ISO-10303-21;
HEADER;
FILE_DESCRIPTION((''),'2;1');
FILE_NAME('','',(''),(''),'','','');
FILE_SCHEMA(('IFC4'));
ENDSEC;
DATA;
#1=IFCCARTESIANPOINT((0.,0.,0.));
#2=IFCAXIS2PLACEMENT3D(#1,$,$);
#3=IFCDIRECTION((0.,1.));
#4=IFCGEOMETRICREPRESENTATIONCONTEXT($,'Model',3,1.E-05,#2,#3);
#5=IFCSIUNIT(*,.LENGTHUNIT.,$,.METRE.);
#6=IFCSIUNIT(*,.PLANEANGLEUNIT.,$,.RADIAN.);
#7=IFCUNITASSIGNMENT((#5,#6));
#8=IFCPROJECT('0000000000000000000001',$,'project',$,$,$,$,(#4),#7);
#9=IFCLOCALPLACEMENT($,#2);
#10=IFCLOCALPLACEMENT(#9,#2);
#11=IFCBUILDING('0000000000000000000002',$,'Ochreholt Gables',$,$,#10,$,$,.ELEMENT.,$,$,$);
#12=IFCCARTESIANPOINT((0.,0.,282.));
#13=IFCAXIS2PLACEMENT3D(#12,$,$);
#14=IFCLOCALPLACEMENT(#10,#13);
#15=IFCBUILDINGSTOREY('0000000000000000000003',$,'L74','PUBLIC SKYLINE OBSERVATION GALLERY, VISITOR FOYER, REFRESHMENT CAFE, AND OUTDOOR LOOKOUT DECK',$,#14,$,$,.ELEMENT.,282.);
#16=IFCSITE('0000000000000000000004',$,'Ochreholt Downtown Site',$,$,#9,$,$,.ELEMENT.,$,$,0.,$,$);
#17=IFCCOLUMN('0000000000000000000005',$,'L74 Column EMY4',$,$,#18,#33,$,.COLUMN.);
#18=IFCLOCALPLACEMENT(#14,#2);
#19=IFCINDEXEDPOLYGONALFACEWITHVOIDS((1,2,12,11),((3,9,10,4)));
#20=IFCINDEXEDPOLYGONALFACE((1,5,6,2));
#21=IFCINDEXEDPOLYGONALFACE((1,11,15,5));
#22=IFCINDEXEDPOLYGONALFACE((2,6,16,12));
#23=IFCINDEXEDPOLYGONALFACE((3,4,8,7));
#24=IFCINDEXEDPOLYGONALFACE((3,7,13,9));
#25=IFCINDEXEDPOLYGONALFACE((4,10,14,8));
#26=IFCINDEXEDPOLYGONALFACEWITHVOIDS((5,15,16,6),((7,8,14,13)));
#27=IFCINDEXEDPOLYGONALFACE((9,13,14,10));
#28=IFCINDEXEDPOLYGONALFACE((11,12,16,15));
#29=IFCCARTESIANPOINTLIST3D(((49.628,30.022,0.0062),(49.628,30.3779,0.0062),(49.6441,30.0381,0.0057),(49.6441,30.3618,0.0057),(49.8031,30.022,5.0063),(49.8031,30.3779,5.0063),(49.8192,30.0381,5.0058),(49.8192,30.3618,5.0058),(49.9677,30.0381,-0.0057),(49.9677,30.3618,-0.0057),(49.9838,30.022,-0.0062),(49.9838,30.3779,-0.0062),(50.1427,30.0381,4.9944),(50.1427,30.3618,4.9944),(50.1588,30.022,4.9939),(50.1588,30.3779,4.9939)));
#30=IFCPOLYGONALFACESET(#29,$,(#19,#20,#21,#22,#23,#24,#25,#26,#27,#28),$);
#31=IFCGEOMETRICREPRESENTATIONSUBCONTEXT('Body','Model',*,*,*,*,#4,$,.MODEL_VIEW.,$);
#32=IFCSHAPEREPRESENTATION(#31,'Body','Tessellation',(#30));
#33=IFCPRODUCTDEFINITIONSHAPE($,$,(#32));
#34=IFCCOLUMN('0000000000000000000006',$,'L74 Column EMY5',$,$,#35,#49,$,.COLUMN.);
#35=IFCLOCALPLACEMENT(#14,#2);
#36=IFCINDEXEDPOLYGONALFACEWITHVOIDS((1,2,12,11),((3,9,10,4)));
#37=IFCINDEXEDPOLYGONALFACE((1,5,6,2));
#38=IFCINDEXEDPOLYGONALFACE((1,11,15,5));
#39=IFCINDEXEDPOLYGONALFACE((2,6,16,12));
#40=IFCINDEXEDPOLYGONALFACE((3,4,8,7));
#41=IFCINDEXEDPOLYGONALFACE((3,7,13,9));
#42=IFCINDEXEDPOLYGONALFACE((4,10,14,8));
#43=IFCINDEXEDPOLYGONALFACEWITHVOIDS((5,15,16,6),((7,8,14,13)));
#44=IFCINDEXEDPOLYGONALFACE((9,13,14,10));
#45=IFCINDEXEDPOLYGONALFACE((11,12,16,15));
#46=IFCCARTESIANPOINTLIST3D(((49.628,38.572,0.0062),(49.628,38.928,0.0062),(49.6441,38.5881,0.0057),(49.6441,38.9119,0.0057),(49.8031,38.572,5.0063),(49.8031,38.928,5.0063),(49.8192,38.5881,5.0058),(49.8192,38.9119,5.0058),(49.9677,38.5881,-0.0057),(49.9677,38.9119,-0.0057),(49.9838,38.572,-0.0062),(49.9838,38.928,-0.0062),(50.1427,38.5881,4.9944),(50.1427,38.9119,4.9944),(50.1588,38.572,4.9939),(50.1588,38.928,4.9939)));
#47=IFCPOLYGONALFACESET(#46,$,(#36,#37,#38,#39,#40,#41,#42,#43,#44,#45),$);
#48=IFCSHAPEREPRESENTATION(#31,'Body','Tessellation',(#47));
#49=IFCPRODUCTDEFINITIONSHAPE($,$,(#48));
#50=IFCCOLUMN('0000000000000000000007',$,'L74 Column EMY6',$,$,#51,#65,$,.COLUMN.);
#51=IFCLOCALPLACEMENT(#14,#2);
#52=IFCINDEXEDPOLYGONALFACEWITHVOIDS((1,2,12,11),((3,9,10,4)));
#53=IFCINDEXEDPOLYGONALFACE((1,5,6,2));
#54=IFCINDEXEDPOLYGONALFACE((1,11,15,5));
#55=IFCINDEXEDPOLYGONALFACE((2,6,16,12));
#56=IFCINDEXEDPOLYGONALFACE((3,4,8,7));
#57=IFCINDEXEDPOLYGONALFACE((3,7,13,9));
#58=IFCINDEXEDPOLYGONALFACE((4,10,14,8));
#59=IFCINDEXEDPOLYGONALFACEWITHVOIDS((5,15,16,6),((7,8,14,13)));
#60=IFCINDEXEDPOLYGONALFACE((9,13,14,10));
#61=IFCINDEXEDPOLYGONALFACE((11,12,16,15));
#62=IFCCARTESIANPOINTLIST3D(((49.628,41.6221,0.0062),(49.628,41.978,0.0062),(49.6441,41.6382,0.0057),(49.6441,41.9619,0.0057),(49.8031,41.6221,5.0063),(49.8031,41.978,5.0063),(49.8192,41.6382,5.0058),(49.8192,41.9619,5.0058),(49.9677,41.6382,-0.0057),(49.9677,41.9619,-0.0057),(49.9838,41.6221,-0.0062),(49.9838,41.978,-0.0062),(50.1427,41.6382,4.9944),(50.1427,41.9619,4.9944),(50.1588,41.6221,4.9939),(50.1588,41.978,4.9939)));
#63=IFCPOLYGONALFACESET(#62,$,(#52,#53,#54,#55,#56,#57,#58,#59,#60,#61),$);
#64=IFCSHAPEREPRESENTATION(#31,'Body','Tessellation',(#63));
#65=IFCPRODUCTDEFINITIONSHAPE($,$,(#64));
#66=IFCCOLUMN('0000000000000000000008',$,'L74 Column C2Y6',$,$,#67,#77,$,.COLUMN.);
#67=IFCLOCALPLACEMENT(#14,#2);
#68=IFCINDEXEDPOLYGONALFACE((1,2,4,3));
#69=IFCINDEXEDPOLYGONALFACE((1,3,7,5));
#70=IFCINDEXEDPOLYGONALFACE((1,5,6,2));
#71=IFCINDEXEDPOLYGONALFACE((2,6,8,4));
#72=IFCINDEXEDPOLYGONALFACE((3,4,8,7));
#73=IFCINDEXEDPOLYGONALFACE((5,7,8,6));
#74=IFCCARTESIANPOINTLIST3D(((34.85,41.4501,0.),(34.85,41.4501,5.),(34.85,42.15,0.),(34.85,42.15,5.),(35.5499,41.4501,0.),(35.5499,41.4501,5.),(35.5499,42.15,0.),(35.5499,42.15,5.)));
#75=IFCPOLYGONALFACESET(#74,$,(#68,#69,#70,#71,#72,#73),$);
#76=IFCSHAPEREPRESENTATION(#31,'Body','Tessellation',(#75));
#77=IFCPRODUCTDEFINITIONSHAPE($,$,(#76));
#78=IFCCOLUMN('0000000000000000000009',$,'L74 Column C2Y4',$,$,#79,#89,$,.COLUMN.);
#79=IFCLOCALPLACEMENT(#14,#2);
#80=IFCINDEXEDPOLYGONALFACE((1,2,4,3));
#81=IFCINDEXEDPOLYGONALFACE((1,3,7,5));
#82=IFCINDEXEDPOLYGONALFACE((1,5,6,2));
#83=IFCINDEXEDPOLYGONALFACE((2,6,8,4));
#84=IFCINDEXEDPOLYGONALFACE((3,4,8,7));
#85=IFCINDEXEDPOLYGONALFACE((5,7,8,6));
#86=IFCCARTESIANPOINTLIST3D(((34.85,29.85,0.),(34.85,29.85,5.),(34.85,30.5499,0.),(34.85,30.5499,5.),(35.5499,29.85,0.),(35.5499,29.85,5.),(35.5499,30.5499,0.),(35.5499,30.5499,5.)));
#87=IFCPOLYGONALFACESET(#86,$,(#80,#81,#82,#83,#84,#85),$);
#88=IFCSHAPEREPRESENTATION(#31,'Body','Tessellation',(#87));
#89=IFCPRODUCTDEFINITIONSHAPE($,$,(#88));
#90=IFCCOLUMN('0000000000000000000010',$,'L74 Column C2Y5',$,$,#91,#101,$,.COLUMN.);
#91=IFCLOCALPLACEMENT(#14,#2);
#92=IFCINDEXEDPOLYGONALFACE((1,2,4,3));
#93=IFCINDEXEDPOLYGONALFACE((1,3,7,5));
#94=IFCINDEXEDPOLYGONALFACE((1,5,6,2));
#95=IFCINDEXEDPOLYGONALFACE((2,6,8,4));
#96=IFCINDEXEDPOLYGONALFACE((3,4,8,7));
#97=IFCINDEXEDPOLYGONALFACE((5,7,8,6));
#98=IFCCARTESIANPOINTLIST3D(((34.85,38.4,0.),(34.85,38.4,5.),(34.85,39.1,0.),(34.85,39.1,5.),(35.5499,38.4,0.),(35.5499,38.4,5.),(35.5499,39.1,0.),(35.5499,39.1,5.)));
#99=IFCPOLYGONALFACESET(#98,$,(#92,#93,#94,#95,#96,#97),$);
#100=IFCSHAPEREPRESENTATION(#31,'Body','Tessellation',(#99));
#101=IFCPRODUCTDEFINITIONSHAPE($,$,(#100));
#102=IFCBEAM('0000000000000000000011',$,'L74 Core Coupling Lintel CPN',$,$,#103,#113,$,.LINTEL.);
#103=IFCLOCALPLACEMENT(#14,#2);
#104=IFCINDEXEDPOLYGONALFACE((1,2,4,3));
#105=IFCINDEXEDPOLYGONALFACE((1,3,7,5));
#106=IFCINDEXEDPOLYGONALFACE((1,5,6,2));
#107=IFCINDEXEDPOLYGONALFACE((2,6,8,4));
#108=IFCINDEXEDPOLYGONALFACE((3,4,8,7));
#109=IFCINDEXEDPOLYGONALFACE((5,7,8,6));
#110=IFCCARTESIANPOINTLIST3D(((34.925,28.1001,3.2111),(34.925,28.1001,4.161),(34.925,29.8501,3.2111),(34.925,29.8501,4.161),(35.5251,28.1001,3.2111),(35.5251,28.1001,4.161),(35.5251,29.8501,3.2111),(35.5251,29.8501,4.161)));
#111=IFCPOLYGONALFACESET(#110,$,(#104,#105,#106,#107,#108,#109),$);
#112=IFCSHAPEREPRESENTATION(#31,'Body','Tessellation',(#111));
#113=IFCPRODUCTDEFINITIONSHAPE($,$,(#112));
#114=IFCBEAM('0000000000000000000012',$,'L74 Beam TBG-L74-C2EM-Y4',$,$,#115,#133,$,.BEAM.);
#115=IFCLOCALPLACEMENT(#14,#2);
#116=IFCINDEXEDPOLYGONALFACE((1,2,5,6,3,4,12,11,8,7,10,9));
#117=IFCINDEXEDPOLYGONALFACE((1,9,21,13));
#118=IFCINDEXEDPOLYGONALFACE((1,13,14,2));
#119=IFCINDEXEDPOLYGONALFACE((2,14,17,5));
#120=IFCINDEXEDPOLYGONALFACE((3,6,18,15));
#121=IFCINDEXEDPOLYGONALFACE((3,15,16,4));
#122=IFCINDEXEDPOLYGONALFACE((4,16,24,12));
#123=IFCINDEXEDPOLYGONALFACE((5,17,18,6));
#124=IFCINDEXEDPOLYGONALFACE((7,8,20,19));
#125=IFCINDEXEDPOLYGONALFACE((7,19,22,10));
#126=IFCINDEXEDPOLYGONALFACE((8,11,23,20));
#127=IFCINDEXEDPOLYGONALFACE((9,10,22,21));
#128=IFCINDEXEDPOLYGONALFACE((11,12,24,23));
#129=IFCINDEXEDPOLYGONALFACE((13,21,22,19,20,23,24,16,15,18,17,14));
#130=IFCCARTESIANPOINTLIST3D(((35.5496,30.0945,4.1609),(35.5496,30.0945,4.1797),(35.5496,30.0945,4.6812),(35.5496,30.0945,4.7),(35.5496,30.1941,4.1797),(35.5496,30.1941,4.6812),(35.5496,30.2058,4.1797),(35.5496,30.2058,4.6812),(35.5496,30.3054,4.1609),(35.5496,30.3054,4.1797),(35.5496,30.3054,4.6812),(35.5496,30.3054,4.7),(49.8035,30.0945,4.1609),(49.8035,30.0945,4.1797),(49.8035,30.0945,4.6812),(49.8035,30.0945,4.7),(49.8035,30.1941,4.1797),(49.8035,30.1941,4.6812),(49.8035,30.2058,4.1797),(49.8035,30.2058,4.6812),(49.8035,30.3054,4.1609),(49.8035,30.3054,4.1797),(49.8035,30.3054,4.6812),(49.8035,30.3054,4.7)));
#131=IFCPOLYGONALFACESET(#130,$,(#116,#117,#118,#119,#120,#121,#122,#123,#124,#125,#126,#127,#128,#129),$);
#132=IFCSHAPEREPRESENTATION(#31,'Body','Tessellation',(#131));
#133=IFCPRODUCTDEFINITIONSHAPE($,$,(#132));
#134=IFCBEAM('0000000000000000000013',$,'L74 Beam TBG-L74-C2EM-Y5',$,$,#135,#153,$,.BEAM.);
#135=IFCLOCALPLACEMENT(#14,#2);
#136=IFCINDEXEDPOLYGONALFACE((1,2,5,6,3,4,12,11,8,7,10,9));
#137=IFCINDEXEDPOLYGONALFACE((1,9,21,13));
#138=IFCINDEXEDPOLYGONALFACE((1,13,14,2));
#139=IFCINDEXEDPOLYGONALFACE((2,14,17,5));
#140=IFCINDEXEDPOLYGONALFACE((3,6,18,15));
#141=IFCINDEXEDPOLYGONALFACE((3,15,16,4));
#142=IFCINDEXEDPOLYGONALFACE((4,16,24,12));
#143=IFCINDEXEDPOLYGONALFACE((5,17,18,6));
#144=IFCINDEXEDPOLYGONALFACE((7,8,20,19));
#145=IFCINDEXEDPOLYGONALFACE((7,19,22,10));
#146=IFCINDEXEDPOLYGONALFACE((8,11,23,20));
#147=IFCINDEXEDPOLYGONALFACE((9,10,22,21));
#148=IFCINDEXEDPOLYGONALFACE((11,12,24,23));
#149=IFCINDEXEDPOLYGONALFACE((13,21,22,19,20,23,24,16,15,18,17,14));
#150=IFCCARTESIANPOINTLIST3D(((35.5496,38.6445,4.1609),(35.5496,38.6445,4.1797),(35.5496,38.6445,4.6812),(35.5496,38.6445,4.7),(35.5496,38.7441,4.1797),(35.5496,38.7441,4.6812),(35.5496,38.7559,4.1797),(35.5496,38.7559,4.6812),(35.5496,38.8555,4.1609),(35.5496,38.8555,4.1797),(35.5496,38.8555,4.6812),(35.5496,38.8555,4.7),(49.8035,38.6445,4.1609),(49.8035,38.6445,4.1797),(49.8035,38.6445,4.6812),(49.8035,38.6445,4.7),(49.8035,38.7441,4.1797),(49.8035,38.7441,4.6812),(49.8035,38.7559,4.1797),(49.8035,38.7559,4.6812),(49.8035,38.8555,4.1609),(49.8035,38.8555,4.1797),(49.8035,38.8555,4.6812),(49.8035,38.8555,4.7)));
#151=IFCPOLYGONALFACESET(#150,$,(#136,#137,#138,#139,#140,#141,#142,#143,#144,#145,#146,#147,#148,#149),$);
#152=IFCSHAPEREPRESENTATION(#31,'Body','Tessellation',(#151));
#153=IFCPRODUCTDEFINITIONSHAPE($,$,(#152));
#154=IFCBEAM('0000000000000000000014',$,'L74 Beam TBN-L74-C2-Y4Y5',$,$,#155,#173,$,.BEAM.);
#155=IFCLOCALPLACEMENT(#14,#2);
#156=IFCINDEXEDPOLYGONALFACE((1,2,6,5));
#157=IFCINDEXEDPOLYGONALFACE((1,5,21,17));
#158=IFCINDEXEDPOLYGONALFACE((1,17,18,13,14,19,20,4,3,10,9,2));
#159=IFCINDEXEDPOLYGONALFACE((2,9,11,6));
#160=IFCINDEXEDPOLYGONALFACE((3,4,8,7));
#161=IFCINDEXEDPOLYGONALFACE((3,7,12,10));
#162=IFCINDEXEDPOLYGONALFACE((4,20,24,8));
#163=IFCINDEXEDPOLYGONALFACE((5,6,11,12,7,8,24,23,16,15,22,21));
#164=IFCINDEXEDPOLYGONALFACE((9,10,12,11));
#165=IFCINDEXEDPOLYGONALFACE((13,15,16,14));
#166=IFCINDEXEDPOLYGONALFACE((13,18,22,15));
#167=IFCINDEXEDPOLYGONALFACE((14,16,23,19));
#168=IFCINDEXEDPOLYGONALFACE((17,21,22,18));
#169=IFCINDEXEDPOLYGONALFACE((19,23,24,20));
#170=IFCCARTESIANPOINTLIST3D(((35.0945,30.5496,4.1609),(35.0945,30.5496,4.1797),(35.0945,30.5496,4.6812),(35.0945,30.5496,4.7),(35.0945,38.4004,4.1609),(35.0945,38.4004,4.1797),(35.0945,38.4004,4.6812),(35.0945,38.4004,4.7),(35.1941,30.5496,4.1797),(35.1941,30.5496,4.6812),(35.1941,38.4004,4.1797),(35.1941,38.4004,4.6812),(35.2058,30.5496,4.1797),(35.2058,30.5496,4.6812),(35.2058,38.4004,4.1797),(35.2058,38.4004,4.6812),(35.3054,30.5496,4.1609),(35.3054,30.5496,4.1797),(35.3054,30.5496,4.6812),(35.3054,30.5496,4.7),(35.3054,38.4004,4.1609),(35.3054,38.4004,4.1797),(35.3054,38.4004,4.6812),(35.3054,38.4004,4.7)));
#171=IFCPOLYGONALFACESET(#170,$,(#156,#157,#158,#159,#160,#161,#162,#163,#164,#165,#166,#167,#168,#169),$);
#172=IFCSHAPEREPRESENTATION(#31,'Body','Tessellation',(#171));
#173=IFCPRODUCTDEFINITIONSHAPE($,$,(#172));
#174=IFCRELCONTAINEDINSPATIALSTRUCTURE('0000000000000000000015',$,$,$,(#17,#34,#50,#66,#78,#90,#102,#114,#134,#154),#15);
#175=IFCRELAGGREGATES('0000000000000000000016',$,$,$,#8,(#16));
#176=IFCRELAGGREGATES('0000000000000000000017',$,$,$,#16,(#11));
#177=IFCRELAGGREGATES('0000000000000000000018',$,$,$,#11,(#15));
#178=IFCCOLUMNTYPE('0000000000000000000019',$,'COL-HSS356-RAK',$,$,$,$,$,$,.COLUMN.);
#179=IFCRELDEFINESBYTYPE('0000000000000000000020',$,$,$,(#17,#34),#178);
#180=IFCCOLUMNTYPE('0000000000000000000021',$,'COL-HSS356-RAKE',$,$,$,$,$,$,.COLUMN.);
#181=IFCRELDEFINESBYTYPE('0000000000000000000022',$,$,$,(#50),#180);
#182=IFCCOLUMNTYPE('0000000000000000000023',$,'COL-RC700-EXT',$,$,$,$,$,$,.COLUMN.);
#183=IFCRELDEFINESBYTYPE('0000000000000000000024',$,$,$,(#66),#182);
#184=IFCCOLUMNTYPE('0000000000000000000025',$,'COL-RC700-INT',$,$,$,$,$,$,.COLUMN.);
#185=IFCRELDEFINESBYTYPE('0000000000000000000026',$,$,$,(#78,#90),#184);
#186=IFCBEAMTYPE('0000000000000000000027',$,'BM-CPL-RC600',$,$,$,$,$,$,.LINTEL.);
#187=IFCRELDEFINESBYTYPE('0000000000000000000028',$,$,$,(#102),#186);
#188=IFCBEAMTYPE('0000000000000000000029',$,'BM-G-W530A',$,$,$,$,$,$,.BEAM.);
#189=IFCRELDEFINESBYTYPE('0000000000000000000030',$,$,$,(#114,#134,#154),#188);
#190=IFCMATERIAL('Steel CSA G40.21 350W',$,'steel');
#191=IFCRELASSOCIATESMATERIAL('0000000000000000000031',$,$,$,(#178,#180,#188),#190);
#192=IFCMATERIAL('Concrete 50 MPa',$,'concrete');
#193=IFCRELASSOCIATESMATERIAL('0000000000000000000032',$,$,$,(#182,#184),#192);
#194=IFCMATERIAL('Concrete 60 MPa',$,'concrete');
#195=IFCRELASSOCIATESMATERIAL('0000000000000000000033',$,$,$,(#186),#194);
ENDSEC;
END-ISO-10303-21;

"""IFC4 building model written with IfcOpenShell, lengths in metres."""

from ifc_helpers import new_model, si_unit, direction, frame, origin, origin_2d, place, context, subcontext, project, spatial, rectangle, hollow_rectangle, i_section, extrude, material, material_profile, profile_set, type_object, element, save


model = new_model("IFC4")

# Units and contexts
model_context = context("Model", 3, precision=1e-05, world=origin(), true_north=direction((0.0, 1.0)))
body_context = subcontext(model_context, "Body", "Model", "MODEL_VIEW")
ifc_project = project(units=[si_unit("LENGTHUNIT", "METRE"), si_unit("PLANEANGLEUNIT", "RADIAN")], contexts=[model_context])

# Site, building, storey
site_placement = place(None, origin())
site = spatial("IfcSite", under=ifc_project, at=site_placement, Name="Ochreholt Downtown Site", CompositionType="ELEMENT", RefElevation=0.0)
building_placement = place(site_placement, origin())
building = spatial("IfcBuilding", under=site, at=building_placement, Name="Ochreholt Gables", CompositionType="ELEMENT")
storey_placement = place(building_placement, frame((0.0, 0.0, 282.0)))
storey = spatial("IfcBuildingStorey", under=building, at=storey_placement, Name="L74", Description="PUBLIC SKYLINE OBSERVATION GALLERY, VISITOR FOYER, REFRESHMENT CAFE, AND OUTDOOR LOOKOUT DECK", CompositionType="ELEMENT", Elevation=282.0)

# Columns
ifc_material_1 = material(Name="Steel CSA G40.21 350W", Category="steel")
ifc_material_profile_1 = material_profile(ifc_material_1, hollow_rectangle(XDim=0.356, YDim=0.356, WallThickness=0.0161, at=origin_2d()), Name="HSS356X356X16")
ifc_profile_set_1 = profile_set([ifc_material_profile_1], Name="Steel CSA G40.21 350W")
column_type_1 = type_object("IfcColumnType", Name="COL-HSS356-RAK", PredefinedType="COLUMN", material=ifc_profile_set_1)
for number, where, z_axis, x_axis, name in (
    (1, (49.8059, 30.2, 0.0), (0.034988, 0.0, 0.999388), (0.0, 1.0, 0.0), "L74 Column EMY4"),
    (2, (49.8059, 38.75, 0.0), (0.034988, 0.0, 0.999388), (0.0, 1.0, 0.0), "L74 Column EMY5"),
):
    element("IfcColumn", number, at=place(storey_placement, frame(where, z_axis=z_axis, x_axis=x_axis)), inside=storey, type_object=column_type_1, Name=name, PredefinedType="COLUMN", context=body_context, shape_type="SweptSolid", body=[
        extrude(hollow_rectangle(XDim=0.356, YDim=0.356, WallThickness=0.0161, at=origin_2d()), origin(), (0.0, 0.0, 1.0), 5.0032),
    ])
ifc_material_profile_2 = material_profile(ifc_material_1, hollow_rectangle(XDim=0.356, YDim=0.356, WallThickness=0.0161, at=origin_2d()), Name="HSS356X356X16")
ifc_profile_set_2 = profile_set([ifc_material_profile_2], Name="Steel CSA G40.21 350W")
column_type_2 = type_object("IfcColumnType", Name="COL-HSS356-RAKE", PredefinedType="COLUMN", material=ifc_profile_set_2)
column_1_placement = place(storey_placement, frame((49.8059, 41.8, 0.0), z_axis=(0.034988, 0.0, 0.999388), x_axis=(0.0, 1.0, 0.0)))
element("IfcColumn", 3, at=column_1_placement, inside=storey, type_object=column_type_2, Name="L74 Column EMY6", PredefinedType="COLUMN", context=body_context, shape_type="SweptSolid", body=[
    extrude(hollow_rectangle(XDim=0.356, YDim=0.356, WallThickness=0.0161, at=origin_2d()), origin(), (0.0, 0.0, 1.0), 5.0032),
])
ifc_material_2 = material(Name="Concrete 50 MPa", Category="concrete")
ifc_material_profile_3 = material_profile(ifc_material_2, rectangle(XDim=0.7, YDim=0.7, at=origin_2d()), Name="RC700X700")
ifc_profile_set_3 = profile_set([ifc_material_profile_3], Name="Concrete 50 MPa")
column_type_3 = type_object("IfcColumnType", Name="COL-RC700-EXT", PredefinedType="COLUMN", material=ifc_profile_set_3)
column_2_placement = place(storey_placement, frame((35.2, 41.8, 0.0), z_axis=(0.0, 0.0, 1.0), x_axis=(1.0, 0.0, 0.0)))
element("IfcColumn", 4, at=column_2_placement, inside=storey, type_object=column_type_3, Name="L74 Column C2Y6", PredefinedType="COLUMN", context=body_context, shape_type="SweptSolid", body=[
    extrude(rectangle(XDim=0.7, YDim=0.7, at=origin_2d()), origin(), (0.0, 0.0, 1.0), 5.0),
])
ifc_material_profile_4 = material_profile(ifc_material_2, rectangle(XDim=0.7, YDim=0.7, at=origin_2d()), Name="RC700X700")
ifc_profile_set_4 = profile_set([ifc_material_profile_4], Name="Concrete 50 MPa")
column_type_4 = type_object("IfcColumnType", Name="COL-RC700-INT", PredefinedType="COLUMN", material=ifc_profile_set_4)
for number, where, z_axis, x_axis, name in (
    (5, (35.2, 30.2, 0.0), (0.0, 0.0, 1.0), (1.0, 0.0, 0.0), "L74 Column C2Y4"),
    (6, (35.2, 38.75, 0.0), (0.0, 0.0, 1.0), (1.0, 0.0, 0.0), "L74 Column C2Y5"),
):
    element("IfcColumn", number, at=place(storey_placement, frame(where, z_axis=z_axis, x_axis=x_axis)), inside=storey, type_object=column_type_4, Name=name, PredefinedType="COLUMN", context=body_context, shape_type="SweptSolid", body=[
        extrude(rectangle(XDim=0.7, YDim=0.7, at=origin_2d()), origin(), (0.0, 0.0, 1.0), 5.0),
    ])

# Beams
ifc_material_3 = material(Name="Concrete 60 MPa", Category="concrete")
ifc_material_profile_5 = material_profile(ifc_material_3, rectangle(XDim=0.6001, YDim=0.95, at=origin_2d()), Name="RCB600X950")
ifc_profile_set_5 = profile_set([ifc_material_profile_5], Name="Concrete 60 MPa")
beam_type_1 = type_object("IfcBeamType", Name="BM-CPL-RC600", PredefinedType="LINTEL", material=ifc_profile_set_5)
beam_1_placement = place(storey_placement, frame((35.2251, 28.1001, 3.686), z_axis=(0.0, 1.0, 0.0), x_axis=(-1.0, 0.0, 0.0)))
element("IfcBeam", 7, at=beam_1_placement, inside=storey, type_object=beam_type_1, Name="L74 Core Coupling Lintel CPN", PredefinedType="LINTEL", context=body_context, shape_type="SweptSolid", body=[
    extrude(rectangle(XDim=0.6001, YDim=0.95, at=origin_2d()), origin(), (0.0, 0.0, 1.0), 1.75),
])
ifc_material_profile_6 = material_profile(ifc_material_1, i_section(OverallWidth=0.2109, OverallDepth=0.5391, WebThickness=0.0117, FlangeThickness=0.0188, at=origin_2d()), Name="W530X109")
ifc_profile_set_6 = profile_set([ifc_material_profile_6], Name="Steel CSA G40.21 350W")
beam_type_2 = type_object("IfcBeamType", Name="BM-G-W530A", PredefinedType="BEAM", material=ifc_profile_set_6)
for number, where, z_axis, x_axis, name in (
    (8, (35.5496, 30.2, 4.4304), (1.0, 0.0, 0.0), (0.0, 1.0, 0.0), "L74 Beam TBG-L74-C2EM-Y4"),
    (9, (35.5496, 38.75, 4.4304), (1.0, 0.0, 0.0), (0.0, 1.0, 0.0), "L74 Beam TBG-L74-C2EM-Y5"),
):
    element("IfcBeam", number, at=place(storey_placement, frame(where, z_axis=z_axis, x_axis=x_axis)), inside=storey, type_object=beam_type_2, Name=name, PredefinedType="BEAM", context=body_context, shape_type="SweptSolid", body=[
        extrude(i_section(OverallWidth=0.2109, OverallDepth=0.5391, WebThickness=0.0117, FlangeThickness=0.0188, at=origin_2d()), origin(), (0.0, 0.0, 1.0), 14.2539),
    ])
beam_2_placement = place(storey_placement, frame((35.2, 30.5496, 4.4304), z_axis=(0.0, 1.0, 0.0), x_axis=(-1.0, 0.0, 0.0)))
element("IfcBeam", 10, at=beam_2_placement, inside=storey, type_object=beam_type_2, Name="L74 Beam TBN-L74-C2-Y4Y5", PredefinedType="BEAM", context=body_context, shape_type="SweptSolid", body=[
    extrude(i_section(OverallWidth=0.2109, OverallDepth=0.5391, WebThickness=0.0117, FlangeThickness=0.0188, at=origin_2d()), origin(), (0.0, 0.0, 1.0), 7.8508),
])

save(model, "model.ifc")
